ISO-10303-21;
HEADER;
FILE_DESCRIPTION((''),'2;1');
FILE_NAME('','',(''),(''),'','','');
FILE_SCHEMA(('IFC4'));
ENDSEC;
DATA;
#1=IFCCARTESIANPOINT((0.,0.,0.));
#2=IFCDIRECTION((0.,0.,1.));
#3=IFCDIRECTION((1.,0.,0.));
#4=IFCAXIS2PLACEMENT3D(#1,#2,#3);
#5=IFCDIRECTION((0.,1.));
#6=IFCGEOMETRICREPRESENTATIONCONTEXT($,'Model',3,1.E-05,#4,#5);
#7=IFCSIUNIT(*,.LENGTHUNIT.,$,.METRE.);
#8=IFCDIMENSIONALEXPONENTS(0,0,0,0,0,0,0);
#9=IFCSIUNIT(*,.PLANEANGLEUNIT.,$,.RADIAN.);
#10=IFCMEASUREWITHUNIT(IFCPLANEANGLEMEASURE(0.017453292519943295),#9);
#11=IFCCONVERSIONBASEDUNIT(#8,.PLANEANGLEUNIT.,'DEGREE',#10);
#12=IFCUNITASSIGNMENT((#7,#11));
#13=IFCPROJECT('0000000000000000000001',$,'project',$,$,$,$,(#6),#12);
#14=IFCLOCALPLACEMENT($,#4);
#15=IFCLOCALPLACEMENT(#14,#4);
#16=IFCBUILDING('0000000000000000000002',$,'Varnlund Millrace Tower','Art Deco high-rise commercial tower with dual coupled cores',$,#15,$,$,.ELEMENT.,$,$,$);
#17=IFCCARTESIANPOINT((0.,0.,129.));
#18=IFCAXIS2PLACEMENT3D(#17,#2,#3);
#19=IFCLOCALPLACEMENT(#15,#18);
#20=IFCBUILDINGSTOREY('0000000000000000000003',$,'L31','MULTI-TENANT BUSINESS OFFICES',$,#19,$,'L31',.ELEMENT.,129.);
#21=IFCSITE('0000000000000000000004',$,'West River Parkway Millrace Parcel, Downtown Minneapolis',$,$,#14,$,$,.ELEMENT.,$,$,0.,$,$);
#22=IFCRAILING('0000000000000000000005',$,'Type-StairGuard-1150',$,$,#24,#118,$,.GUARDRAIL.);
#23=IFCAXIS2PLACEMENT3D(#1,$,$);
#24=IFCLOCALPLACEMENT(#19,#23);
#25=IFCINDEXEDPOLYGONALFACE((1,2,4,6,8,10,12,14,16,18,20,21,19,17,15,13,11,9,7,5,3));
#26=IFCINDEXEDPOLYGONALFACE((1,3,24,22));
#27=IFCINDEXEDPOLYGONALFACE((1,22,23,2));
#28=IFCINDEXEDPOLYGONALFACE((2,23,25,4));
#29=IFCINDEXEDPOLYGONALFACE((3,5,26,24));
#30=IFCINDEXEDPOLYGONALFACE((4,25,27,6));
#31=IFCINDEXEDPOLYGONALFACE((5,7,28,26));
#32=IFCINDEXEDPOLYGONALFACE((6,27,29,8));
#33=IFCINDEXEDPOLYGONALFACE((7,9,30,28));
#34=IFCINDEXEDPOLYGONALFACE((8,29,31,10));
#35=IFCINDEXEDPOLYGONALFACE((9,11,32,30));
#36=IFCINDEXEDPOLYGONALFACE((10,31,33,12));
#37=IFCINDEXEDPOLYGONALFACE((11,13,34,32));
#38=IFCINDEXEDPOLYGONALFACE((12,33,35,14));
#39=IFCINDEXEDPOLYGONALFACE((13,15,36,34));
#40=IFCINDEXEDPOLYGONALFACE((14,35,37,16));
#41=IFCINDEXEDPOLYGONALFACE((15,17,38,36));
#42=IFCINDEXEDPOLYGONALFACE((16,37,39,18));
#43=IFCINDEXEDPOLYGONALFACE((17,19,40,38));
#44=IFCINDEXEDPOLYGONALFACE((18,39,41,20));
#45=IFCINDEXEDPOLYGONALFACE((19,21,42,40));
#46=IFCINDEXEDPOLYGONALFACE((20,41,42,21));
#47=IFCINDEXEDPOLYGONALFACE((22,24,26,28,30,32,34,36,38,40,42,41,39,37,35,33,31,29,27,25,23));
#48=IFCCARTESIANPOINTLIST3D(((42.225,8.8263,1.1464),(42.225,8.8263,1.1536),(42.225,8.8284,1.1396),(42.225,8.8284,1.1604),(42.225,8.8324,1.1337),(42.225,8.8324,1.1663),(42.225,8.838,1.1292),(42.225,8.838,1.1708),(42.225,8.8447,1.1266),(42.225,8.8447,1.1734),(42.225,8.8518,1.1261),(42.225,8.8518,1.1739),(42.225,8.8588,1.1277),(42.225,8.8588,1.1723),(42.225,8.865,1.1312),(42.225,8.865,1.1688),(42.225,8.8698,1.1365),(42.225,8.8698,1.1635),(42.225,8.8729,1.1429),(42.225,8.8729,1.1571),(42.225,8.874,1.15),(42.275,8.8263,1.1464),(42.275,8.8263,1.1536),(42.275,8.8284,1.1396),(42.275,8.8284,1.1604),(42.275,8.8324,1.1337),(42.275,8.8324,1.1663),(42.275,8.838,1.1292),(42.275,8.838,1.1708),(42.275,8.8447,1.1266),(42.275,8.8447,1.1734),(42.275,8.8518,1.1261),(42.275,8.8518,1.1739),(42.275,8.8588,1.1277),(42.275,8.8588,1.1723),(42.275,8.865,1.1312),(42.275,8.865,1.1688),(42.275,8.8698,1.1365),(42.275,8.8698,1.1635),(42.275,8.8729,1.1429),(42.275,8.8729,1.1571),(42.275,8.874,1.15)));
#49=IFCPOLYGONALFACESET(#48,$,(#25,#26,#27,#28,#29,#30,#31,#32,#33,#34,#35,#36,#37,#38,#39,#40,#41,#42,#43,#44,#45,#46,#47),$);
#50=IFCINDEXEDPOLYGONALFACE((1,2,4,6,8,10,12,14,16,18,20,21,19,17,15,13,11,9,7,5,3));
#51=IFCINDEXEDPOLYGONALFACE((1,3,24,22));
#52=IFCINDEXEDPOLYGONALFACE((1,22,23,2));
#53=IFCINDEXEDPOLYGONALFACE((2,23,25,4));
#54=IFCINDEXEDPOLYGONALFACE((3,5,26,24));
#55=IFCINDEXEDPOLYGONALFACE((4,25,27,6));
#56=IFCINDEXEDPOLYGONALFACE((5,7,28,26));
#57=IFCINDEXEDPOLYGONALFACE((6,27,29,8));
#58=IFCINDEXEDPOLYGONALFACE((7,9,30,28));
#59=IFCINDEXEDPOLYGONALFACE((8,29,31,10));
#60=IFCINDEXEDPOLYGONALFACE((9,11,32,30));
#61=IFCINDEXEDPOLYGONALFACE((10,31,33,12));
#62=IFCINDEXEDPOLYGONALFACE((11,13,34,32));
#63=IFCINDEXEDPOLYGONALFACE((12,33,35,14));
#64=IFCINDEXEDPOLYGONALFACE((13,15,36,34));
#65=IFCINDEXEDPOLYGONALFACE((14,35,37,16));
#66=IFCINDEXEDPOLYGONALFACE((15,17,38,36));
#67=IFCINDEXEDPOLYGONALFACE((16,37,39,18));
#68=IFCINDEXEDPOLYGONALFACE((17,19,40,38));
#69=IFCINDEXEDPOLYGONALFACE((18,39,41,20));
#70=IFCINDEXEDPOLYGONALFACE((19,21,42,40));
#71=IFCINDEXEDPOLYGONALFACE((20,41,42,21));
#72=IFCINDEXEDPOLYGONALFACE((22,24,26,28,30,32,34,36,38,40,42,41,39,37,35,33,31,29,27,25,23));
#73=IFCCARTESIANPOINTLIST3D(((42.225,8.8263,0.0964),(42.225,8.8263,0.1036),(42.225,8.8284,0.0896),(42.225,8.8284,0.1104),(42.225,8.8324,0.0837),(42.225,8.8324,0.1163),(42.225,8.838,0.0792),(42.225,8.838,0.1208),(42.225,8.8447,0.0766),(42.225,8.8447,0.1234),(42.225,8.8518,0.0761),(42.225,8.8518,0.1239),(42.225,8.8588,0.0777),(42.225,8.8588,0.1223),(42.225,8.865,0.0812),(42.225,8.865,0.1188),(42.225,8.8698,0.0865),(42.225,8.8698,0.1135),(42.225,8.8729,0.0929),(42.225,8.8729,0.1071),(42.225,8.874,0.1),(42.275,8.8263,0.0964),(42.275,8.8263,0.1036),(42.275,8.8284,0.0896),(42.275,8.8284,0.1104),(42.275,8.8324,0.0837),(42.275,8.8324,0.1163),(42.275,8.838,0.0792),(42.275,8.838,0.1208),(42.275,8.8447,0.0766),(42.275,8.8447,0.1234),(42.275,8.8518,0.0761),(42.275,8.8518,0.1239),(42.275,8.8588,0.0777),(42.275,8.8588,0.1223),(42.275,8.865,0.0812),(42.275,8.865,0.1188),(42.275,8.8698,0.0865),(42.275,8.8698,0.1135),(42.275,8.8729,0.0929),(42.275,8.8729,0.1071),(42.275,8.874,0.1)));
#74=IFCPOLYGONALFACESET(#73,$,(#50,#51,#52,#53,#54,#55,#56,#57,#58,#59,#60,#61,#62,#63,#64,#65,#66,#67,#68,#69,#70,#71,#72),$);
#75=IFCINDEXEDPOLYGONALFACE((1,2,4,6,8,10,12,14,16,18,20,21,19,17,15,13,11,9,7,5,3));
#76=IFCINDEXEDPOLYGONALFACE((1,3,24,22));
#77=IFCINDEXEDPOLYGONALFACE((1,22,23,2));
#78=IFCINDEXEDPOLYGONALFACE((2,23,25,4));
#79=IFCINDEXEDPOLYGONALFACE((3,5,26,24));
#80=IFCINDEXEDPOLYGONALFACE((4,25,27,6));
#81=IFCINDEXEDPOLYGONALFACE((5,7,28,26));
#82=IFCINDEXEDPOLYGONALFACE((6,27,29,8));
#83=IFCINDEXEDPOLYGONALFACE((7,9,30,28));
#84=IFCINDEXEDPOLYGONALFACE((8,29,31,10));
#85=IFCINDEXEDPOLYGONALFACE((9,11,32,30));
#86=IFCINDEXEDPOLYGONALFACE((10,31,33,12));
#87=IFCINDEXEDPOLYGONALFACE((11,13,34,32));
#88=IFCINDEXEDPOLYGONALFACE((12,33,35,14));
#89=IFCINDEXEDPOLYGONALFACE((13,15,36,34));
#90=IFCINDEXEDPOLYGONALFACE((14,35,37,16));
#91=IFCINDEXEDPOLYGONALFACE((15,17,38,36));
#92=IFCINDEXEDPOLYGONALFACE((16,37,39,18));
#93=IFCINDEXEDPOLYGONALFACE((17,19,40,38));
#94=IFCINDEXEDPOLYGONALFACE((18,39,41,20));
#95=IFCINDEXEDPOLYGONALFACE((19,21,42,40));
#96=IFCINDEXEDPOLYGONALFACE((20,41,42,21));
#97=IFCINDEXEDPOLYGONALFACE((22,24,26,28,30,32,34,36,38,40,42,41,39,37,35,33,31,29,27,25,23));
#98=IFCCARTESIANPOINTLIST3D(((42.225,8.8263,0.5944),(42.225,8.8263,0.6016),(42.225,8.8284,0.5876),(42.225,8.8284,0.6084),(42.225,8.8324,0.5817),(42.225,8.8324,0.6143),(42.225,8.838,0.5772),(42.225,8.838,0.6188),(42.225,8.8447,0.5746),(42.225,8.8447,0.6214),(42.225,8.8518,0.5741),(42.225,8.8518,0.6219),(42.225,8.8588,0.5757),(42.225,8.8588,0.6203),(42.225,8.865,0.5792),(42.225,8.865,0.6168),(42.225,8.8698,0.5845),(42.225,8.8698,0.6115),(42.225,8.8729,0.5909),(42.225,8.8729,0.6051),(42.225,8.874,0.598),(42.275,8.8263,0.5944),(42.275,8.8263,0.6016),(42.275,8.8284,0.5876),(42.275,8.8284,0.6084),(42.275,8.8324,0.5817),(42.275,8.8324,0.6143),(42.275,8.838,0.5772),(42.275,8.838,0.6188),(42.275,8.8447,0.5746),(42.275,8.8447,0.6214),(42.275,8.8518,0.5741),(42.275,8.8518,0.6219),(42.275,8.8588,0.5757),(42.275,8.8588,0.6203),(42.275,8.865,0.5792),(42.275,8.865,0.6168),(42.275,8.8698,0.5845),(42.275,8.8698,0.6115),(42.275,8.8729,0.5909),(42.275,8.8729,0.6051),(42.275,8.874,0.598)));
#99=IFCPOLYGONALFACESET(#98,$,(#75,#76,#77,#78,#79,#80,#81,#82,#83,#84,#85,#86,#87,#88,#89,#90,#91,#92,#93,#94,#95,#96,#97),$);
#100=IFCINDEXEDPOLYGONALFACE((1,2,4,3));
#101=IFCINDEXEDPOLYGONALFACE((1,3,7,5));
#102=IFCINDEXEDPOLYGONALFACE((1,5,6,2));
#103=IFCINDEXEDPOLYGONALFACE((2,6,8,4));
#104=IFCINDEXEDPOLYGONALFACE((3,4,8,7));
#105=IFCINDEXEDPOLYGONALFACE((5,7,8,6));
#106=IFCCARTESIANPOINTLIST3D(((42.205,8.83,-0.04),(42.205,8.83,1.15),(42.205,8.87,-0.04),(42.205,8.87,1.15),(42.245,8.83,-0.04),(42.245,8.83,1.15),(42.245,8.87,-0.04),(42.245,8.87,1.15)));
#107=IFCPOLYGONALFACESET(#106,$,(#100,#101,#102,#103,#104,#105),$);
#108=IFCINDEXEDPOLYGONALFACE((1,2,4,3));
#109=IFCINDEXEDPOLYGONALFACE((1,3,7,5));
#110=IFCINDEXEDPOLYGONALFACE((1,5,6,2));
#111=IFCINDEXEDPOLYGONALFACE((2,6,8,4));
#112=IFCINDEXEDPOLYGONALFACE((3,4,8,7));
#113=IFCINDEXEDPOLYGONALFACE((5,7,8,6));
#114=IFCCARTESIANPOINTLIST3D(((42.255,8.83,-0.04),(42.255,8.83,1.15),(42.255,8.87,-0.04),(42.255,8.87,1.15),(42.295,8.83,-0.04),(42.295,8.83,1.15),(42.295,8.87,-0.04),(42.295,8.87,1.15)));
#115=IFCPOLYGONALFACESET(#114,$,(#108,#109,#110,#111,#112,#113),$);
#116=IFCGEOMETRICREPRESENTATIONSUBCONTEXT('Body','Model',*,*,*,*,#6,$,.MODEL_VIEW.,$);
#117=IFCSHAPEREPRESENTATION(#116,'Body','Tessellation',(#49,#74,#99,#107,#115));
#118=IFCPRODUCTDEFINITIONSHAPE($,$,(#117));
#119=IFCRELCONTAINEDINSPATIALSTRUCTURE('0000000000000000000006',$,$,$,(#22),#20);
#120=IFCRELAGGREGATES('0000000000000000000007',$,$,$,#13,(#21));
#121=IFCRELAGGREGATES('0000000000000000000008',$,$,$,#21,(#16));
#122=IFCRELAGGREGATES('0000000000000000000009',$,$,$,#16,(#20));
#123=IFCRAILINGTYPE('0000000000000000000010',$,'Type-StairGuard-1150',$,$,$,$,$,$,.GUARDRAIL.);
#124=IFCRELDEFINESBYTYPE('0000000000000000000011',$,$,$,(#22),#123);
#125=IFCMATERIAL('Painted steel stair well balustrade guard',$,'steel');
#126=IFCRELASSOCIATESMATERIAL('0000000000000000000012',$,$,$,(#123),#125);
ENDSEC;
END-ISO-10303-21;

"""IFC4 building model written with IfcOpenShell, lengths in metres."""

from ifc_helpers import new_model, entity, si_unit, converted_unit, direction, frame, origin_with_axes, origin_2d_with_axis, place, context, subcontext, project, spatial, rectangle, circle, extrude, material, type_object, element, save


model = new_model("IFC4")

# Units and contexts
model_context = context("Model", 3, precision=1e-05, world=origin_with_axes(), true_north=direction((0.0, 1.0)))
body_context = subcontext(model_context, "Body", "Model", "MODEL_VIEW")
ifc_project = project(units=[si_unit("LENGTHUNIT", "METRE"), converted_unit("PLANEANGLEUNIT", "DEGREE", entity("IfcPlaneAngleMeasure", 0.017453292519943295), si_unit("PLANEANGLEUNIT", "RADIAN"), dimensions=[0, 0, 0, 0, 0, 0, 0])], contexts=[model_context])

# Site, building, storey
site_placement = place(None, origin_with_axes())
site = spatial("IfcSite", under=ifc_project, at=site_placement, Name="West River Parkway Millrace Parcel, Downtown Minneapolis", CompositionType="ELEMENT", RefElevation=0.0)
building_placement = place(site_placement, origin_with_axes())
building = spatial("IfcBuilding", under=site, at=building_placement, Name="Varnlund Millrace Tower", Description="Art Deco high-rise commercial tower with dual coupled cores", CompositionType="ELEMENT")
storey_placement = place(building_placement, frame((0.0, 0.0, 129.0), z_axis=(0.0, 0.0, 1.0), x_axis=(1.0, 0.0, 0.0)))
storey = spatial("IfcBuildingStorey", under=building, at=storey_placement, Name="L31", Description="MULTI-TENANT BUSINESS OFFICES", LongName="L31", CompositionType="ELEMENT", Elevation=129.0)

# Railing
ifc_material_1 = material(Name="Painted steel stair well balustrade guard", Category="steel")
railing_type_1 = type_object("IfcRailingType", Name="Type-StairGuard-1150", PredefinedType="GUARDRAIL", material=ifc_material_1)
railing_1_placement = place(storey_placement, frame((0.0, 0.0, -129.0), z_axis=(0.0, 0.0, 1.0), x_axis=(1.0, 0.0, 0.0)))
element("IfcRailing", 1, at=railing_1_placement, inside=storey, type_object=railing_type_1, Name="Type-StairGuard-1150", PredefinedType="GUARDRAIL", context=body_context, shape_type="SweptSolid", body=[
    extrude(circle(Radius=0.024, at=origin_2d_with_axis()), frame((42.225, 8.85, 130.15), z_axis=(1.0, 0.0, 0.0), x_axis=(0.0, 1.0, 0.0)), (0.0, 0.0, 1.0), 0.05),
    extrude(circle(Radius=0.024, at=origin_2d_with_axis()), frame((42.225, 8.85, 129.1), z_axis=(1.0, 0.0, 0.0), x_axis=(0.0, 1.0, 0.0)), (0.0, 0.0, 1.0), 0.05),
    extrude(circle(Radius=0.024, at=origin_2d_with_axis()), frame((42.225, 8.85, 129.598), z_axis=(1.0, 0.0, 0.0), x_axis=(0.0, 1.0, 0.0)), (0.0, 0.0, 1.0), 0.05),
    extrude(rectangle(XDim=0.04, YDim=0.04, at=origin_2d_with_axis()), frame((42.225, 8.85, 128.96), z_axis=(0.0, 0.0, 1.0), x_axis=(1.0, 0.0, 0.0)), (0.0, 0.0, 1.0), 1.19),
    extrude(rectangle(XDim=0.04, YDim=0.04, at=origin_2d_with_axis()), frame((42.275, 8.85, 128.96), z_axis=(0.0, 0.0, 1.0), x_axis=(1.0, 0.0, 0.0)), (0.0, 0.0, 1.0), 1.19),
])

save(model, "model.ifc")
